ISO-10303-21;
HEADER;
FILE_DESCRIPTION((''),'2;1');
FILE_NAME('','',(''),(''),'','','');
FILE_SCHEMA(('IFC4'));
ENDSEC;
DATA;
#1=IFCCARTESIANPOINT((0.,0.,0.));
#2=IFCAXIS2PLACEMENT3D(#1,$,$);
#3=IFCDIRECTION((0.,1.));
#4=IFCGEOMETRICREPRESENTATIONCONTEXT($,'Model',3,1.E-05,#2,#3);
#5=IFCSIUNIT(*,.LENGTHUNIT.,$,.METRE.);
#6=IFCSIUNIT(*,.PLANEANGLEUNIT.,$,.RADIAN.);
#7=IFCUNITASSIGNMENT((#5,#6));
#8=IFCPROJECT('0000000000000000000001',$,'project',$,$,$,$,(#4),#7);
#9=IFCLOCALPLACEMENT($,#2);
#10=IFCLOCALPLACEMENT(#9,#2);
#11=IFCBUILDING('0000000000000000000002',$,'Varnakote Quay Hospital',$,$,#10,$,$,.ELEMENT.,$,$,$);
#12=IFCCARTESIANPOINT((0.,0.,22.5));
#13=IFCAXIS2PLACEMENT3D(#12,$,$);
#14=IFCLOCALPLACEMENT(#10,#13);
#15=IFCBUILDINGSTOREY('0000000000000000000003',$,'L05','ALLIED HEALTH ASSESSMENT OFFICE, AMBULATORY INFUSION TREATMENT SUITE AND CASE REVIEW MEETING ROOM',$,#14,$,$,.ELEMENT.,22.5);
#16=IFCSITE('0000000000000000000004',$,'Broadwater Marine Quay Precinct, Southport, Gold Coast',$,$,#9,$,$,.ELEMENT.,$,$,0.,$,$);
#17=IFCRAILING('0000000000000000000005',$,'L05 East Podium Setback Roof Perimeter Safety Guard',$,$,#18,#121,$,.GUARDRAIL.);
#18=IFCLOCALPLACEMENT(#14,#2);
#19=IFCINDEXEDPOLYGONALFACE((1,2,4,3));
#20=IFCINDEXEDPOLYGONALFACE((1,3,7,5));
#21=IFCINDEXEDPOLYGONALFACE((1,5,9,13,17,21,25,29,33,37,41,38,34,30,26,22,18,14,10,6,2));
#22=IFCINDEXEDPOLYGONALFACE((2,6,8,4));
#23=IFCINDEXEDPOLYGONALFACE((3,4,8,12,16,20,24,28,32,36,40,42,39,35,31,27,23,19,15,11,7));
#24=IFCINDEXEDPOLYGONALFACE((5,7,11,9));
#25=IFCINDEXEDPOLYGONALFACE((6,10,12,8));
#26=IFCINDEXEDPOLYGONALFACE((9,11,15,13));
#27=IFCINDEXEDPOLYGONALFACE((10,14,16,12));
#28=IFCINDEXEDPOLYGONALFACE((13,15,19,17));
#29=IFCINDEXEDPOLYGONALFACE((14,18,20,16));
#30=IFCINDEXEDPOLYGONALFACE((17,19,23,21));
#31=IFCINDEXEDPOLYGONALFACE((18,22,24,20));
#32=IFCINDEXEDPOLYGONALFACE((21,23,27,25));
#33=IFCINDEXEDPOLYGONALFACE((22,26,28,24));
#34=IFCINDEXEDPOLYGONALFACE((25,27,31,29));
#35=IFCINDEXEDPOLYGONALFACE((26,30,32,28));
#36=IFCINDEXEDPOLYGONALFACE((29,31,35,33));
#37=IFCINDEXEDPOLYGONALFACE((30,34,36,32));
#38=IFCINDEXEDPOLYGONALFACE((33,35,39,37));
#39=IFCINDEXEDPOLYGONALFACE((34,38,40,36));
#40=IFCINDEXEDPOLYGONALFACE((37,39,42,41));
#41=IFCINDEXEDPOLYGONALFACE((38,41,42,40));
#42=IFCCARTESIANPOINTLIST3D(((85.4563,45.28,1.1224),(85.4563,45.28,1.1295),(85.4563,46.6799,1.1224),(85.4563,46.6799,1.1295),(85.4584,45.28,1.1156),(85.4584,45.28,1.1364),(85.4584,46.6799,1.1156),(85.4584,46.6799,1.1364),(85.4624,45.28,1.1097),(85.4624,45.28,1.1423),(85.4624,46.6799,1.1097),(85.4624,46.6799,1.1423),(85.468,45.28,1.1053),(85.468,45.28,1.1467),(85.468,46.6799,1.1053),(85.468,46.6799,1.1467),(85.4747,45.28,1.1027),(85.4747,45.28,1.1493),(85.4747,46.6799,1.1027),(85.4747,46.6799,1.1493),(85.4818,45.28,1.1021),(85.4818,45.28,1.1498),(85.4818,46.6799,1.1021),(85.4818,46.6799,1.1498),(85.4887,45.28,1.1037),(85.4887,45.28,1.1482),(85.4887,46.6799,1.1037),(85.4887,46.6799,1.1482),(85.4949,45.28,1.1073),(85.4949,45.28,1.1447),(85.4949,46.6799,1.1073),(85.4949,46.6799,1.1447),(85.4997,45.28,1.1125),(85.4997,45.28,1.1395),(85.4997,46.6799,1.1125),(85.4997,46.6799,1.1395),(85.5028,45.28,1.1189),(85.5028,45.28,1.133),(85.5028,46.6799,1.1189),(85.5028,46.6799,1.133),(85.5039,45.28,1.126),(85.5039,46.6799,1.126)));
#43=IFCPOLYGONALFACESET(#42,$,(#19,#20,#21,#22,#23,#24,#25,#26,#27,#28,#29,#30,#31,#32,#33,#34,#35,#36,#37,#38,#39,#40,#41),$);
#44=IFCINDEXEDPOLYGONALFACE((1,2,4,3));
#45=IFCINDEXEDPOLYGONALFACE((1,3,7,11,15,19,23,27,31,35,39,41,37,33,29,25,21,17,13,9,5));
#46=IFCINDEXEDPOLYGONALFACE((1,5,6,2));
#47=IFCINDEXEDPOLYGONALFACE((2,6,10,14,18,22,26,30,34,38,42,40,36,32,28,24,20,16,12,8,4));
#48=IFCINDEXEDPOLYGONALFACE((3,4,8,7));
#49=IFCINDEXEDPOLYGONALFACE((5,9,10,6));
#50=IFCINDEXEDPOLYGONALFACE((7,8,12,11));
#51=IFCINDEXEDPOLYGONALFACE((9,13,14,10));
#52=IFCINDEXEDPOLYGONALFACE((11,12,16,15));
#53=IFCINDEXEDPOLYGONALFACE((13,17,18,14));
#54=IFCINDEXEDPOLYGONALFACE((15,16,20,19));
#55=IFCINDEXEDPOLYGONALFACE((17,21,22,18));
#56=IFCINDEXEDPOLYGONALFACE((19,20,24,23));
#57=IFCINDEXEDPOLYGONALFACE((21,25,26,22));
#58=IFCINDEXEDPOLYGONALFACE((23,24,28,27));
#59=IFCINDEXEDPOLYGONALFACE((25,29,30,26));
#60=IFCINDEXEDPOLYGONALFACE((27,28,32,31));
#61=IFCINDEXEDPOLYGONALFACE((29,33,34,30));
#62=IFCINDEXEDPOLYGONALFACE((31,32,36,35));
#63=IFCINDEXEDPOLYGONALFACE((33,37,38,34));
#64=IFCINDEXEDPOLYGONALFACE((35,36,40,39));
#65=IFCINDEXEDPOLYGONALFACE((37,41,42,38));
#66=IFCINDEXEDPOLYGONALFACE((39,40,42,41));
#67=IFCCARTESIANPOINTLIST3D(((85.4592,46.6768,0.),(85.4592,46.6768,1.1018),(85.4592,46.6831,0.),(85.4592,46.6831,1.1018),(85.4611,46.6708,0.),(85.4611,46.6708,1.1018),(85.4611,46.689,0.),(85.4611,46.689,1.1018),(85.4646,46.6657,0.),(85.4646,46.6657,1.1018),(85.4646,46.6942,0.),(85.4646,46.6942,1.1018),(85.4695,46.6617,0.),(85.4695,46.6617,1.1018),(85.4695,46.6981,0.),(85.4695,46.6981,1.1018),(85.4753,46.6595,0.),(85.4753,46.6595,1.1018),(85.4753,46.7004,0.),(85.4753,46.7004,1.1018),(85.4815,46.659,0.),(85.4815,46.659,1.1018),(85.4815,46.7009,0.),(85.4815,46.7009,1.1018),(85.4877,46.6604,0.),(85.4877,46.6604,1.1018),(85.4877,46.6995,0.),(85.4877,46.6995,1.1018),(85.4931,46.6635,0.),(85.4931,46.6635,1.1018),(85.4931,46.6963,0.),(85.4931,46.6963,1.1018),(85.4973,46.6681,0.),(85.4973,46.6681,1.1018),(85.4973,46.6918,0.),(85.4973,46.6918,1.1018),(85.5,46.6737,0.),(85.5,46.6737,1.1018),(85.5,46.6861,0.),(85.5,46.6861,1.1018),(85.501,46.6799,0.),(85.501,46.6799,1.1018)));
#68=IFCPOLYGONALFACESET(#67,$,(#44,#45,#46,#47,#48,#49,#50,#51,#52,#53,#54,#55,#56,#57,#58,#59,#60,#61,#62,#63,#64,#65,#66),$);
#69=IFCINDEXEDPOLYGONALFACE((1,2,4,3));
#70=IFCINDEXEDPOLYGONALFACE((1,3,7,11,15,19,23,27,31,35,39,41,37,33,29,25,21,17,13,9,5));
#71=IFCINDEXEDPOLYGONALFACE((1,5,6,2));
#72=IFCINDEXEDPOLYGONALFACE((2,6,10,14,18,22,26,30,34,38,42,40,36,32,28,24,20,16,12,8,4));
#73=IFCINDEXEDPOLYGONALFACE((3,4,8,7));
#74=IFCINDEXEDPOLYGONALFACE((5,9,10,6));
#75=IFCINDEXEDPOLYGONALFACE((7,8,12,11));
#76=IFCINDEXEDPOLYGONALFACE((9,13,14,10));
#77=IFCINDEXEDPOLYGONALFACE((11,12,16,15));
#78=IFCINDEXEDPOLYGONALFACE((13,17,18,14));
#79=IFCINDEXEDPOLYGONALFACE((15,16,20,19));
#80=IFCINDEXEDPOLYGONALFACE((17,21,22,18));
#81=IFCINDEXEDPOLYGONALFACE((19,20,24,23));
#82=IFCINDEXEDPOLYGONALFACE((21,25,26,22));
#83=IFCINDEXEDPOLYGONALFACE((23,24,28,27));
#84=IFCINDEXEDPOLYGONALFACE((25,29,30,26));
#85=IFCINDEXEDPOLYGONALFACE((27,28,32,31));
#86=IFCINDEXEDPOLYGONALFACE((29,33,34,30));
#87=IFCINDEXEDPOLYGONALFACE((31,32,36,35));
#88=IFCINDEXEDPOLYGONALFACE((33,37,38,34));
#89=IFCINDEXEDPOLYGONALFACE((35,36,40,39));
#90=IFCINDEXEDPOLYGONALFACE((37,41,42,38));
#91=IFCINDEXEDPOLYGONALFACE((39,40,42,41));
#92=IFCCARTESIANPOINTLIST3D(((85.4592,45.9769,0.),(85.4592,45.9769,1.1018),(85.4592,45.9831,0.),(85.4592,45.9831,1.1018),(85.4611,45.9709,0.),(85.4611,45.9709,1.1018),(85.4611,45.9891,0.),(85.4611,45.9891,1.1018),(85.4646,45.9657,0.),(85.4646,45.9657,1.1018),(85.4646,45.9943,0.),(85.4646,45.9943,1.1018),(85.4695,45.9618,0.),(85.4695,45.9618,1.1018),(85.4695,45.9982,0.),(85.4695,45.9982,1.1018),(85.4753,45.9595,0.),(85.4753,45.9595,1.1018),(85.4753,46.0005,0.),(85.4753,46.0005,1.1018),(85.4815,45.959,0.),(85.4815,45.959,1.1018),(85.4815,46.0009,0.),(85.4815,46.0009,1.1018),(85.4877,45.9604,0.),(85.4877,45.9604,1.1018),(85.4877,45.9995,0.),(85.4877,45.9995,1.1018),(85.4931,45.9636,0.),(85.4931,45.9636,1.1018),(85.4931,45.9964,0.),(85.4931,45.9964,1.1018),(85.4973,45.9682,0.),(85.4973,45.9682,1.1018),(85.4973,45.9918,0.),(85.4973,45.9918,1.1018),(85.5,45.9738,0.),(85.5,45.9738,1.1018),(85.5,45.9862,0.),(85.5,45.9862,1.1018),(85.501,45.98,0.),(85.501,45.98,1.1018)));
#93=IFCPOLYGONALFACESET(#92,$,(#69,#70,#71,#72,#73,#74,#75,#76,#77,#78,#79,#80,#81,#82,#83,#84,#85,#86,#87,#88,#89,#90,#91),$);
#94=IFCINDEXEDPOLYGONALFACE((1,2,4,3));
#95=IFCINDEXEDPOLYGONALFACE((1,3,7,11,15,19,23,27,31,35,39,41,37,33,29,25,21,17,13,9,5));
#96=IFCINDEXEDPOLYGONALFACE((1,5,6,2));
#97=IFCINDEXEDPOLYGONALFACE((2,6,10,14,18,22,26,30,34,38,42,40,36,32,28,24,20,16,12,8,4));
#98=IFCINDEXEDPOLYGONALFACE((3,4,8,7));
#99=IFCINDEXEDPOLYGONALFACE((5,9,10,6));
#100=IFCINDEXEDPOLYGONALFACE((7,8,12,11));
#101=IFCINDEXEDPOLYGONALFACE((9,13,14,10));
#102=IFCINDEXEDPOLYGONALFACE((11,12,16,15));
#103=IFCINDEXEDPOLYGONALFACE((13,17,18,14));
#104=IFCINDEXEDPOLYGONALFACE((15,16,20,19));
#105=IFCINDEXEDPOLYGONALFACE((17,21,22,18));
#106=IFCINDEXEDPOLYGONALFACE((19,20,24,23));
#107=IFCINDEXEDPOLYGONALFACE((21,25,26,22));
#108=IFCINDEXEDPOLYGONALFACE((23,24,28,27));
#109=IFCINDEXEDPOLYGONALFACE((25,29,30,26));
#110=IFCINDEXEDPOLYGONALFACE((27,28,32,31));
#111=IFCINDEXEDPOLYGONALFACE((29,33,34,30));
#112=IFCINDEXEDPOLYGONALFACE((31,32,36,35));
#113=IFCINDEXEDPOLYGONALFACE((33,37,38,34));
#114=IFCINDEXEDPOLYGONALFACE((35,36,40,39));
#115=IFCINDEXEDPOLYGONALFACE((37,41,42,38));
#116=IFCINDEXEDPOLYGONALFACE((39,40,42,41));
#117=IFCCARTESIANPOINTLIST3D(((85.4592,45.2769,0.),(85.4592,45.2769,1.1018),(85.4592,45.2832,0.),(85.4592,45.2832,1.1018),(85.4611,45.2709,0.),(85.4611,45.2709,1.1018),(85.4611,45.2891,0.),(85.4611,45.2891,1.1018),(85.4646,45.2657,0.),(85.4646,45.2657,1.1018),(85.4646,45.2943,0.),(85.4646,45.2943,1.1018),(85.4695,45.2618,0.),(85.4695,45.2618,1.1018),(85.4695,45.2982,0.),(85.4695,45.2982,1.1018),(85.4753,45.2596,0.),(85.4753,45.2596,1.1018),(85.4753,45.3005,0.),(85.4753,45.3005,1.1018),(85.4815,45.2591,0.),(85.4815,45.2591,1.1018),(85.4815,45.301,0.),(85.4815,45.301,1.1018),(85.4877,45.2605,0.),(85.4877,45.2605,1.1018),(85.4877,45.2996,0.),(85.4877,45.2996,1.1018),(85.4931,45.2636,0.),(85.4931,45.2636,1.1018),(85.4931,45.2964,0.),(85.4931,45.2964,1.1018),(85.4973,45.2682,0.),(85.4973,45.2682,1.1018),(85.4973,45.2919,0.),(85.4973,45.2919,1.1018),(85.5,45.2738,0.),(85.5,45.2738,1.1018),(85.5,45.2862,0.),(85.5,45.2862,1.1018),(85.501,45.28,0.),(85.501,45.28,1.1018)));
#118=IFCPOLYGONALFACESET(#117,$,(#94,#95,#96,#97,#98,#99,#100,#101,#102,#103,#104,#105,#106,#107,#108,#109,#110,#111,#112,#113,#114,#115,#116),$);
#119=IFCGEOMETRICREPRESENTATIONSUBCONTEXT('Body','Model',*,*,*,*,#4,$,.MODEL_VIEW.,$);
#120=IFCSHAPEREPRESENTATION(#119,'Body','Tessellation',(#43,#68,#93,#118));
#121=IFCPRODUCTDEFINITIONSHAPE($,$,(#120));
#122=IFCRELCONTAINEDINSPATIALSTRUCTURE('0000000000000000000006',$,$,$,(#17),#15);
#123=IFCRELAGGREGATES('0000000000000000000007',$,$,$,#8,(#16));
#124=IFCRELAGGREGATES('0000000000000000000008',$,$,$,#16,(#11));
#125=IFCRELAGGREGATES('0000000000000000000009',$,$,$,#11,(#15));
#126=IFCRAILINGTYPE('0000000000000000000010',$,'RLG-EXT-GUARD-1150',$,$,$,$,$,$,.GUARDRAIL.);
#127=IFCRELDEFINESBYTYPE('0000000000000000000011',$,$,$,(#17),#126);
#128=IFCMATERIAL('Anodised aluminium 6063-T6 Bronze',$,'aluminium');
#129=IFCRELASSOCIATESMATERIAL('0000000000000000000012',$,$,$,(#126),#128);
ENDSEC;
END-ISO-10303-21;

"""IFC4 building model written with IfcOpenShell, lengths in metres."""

from ifc_helpers import new_model, si_unit, direction, frame, origin, origin_2d, place, context, subcontext, project, spatial, circle, extrude, material, type_object, element, save


model = new_model("IFC4")

# Units and contexts
model_context = context("Model", 3, precision=1e-05, world=origin(), true_north=direction((0.0, 1.0)))
body_context = subcontext(model_context, "Body", "Model", "MODEL_VIEW")
ifc_project = project(units=[si_unit("LENGTHUNIT", "METRE"), si_unit("PLANEANGLEUNIT", "RADIAN")], contexts=[model_context])

# Site, building, storey
site_placement = place(None, origin())
site = spatial("IfcSite", under=ifc_project, at=site_placement, Name="Broadwater Marine Quay Precinct, Southport, Gold Coast", CompositionType="ELEMENT", RefElevation=0.0)
building_placement = place(site_placement, origin())
building = spatial("IfcBuilding", under=site, at=building_placement, Name="Varnakote Quay Hospital", CompositionType="ELEMENT")
storey_placement = place(building_placement, frame((0.0, 0.0, 22.5)))
storey = spatial("IfcBuildingStorey", under=building, at=storey_placement, Name="L05", Description="ALLIED HEALTH ASSESSMENT OFFICE, AMBULATORY INFUSION TREATMENT SUITE AND CASE REVIEW MEETING ROOM", CompositionType="ELEMENT", Elevation=22.5)

# Railing
ifc_material_1 = material(Name="Anodised aluminium 6063-T6 Bronze", Category="aluminium")
railing_type = type_object("IfcRailingType", Name="RLG-EXT-GUARD-1150", PredefinedType="GUARDRAIL", material=ifc_material_1)
railing_1_placement = place(storey_placement, frame((85.48, 46.6799, 0.0)))
element("IfcRailing", 1, at=railing_1_placement, inside=storey, type_object=railing_type, Name="L05 East Podium Setback Roof Perimeter Safety Guard", PredefinedType="GUARDRAIL", context=body_context, shape_type="SweptSolid", body=[
    extrude(circle(Radius=0.0239, at=origin_2d()), frame((0.0, 0.0, 1.126), z_axis=(0.0, -1.0, 0.0), x_axis=(1.0, 0.0, 0.0)), (0.0, 0.0, 1.0), 1.3999),
    extrude(circle(Radius=0.021, at=origin_2d()), origin(), (0.0, 0.0, 1.0), 1.1018),
    extrude(circle(Radius=0.021, at=origin_2d()), frame((0.0, -0.7, 0.0)), (0.0, 0.0, 1.0), 1.1018),
    extrude(circle(Radius=0.021, at=origin_2d()), frame((0.0, -1.3999, 0.0)), (0.0, 0.0, 1.0), 1.1018),
])

save(model, "model.ifc")
